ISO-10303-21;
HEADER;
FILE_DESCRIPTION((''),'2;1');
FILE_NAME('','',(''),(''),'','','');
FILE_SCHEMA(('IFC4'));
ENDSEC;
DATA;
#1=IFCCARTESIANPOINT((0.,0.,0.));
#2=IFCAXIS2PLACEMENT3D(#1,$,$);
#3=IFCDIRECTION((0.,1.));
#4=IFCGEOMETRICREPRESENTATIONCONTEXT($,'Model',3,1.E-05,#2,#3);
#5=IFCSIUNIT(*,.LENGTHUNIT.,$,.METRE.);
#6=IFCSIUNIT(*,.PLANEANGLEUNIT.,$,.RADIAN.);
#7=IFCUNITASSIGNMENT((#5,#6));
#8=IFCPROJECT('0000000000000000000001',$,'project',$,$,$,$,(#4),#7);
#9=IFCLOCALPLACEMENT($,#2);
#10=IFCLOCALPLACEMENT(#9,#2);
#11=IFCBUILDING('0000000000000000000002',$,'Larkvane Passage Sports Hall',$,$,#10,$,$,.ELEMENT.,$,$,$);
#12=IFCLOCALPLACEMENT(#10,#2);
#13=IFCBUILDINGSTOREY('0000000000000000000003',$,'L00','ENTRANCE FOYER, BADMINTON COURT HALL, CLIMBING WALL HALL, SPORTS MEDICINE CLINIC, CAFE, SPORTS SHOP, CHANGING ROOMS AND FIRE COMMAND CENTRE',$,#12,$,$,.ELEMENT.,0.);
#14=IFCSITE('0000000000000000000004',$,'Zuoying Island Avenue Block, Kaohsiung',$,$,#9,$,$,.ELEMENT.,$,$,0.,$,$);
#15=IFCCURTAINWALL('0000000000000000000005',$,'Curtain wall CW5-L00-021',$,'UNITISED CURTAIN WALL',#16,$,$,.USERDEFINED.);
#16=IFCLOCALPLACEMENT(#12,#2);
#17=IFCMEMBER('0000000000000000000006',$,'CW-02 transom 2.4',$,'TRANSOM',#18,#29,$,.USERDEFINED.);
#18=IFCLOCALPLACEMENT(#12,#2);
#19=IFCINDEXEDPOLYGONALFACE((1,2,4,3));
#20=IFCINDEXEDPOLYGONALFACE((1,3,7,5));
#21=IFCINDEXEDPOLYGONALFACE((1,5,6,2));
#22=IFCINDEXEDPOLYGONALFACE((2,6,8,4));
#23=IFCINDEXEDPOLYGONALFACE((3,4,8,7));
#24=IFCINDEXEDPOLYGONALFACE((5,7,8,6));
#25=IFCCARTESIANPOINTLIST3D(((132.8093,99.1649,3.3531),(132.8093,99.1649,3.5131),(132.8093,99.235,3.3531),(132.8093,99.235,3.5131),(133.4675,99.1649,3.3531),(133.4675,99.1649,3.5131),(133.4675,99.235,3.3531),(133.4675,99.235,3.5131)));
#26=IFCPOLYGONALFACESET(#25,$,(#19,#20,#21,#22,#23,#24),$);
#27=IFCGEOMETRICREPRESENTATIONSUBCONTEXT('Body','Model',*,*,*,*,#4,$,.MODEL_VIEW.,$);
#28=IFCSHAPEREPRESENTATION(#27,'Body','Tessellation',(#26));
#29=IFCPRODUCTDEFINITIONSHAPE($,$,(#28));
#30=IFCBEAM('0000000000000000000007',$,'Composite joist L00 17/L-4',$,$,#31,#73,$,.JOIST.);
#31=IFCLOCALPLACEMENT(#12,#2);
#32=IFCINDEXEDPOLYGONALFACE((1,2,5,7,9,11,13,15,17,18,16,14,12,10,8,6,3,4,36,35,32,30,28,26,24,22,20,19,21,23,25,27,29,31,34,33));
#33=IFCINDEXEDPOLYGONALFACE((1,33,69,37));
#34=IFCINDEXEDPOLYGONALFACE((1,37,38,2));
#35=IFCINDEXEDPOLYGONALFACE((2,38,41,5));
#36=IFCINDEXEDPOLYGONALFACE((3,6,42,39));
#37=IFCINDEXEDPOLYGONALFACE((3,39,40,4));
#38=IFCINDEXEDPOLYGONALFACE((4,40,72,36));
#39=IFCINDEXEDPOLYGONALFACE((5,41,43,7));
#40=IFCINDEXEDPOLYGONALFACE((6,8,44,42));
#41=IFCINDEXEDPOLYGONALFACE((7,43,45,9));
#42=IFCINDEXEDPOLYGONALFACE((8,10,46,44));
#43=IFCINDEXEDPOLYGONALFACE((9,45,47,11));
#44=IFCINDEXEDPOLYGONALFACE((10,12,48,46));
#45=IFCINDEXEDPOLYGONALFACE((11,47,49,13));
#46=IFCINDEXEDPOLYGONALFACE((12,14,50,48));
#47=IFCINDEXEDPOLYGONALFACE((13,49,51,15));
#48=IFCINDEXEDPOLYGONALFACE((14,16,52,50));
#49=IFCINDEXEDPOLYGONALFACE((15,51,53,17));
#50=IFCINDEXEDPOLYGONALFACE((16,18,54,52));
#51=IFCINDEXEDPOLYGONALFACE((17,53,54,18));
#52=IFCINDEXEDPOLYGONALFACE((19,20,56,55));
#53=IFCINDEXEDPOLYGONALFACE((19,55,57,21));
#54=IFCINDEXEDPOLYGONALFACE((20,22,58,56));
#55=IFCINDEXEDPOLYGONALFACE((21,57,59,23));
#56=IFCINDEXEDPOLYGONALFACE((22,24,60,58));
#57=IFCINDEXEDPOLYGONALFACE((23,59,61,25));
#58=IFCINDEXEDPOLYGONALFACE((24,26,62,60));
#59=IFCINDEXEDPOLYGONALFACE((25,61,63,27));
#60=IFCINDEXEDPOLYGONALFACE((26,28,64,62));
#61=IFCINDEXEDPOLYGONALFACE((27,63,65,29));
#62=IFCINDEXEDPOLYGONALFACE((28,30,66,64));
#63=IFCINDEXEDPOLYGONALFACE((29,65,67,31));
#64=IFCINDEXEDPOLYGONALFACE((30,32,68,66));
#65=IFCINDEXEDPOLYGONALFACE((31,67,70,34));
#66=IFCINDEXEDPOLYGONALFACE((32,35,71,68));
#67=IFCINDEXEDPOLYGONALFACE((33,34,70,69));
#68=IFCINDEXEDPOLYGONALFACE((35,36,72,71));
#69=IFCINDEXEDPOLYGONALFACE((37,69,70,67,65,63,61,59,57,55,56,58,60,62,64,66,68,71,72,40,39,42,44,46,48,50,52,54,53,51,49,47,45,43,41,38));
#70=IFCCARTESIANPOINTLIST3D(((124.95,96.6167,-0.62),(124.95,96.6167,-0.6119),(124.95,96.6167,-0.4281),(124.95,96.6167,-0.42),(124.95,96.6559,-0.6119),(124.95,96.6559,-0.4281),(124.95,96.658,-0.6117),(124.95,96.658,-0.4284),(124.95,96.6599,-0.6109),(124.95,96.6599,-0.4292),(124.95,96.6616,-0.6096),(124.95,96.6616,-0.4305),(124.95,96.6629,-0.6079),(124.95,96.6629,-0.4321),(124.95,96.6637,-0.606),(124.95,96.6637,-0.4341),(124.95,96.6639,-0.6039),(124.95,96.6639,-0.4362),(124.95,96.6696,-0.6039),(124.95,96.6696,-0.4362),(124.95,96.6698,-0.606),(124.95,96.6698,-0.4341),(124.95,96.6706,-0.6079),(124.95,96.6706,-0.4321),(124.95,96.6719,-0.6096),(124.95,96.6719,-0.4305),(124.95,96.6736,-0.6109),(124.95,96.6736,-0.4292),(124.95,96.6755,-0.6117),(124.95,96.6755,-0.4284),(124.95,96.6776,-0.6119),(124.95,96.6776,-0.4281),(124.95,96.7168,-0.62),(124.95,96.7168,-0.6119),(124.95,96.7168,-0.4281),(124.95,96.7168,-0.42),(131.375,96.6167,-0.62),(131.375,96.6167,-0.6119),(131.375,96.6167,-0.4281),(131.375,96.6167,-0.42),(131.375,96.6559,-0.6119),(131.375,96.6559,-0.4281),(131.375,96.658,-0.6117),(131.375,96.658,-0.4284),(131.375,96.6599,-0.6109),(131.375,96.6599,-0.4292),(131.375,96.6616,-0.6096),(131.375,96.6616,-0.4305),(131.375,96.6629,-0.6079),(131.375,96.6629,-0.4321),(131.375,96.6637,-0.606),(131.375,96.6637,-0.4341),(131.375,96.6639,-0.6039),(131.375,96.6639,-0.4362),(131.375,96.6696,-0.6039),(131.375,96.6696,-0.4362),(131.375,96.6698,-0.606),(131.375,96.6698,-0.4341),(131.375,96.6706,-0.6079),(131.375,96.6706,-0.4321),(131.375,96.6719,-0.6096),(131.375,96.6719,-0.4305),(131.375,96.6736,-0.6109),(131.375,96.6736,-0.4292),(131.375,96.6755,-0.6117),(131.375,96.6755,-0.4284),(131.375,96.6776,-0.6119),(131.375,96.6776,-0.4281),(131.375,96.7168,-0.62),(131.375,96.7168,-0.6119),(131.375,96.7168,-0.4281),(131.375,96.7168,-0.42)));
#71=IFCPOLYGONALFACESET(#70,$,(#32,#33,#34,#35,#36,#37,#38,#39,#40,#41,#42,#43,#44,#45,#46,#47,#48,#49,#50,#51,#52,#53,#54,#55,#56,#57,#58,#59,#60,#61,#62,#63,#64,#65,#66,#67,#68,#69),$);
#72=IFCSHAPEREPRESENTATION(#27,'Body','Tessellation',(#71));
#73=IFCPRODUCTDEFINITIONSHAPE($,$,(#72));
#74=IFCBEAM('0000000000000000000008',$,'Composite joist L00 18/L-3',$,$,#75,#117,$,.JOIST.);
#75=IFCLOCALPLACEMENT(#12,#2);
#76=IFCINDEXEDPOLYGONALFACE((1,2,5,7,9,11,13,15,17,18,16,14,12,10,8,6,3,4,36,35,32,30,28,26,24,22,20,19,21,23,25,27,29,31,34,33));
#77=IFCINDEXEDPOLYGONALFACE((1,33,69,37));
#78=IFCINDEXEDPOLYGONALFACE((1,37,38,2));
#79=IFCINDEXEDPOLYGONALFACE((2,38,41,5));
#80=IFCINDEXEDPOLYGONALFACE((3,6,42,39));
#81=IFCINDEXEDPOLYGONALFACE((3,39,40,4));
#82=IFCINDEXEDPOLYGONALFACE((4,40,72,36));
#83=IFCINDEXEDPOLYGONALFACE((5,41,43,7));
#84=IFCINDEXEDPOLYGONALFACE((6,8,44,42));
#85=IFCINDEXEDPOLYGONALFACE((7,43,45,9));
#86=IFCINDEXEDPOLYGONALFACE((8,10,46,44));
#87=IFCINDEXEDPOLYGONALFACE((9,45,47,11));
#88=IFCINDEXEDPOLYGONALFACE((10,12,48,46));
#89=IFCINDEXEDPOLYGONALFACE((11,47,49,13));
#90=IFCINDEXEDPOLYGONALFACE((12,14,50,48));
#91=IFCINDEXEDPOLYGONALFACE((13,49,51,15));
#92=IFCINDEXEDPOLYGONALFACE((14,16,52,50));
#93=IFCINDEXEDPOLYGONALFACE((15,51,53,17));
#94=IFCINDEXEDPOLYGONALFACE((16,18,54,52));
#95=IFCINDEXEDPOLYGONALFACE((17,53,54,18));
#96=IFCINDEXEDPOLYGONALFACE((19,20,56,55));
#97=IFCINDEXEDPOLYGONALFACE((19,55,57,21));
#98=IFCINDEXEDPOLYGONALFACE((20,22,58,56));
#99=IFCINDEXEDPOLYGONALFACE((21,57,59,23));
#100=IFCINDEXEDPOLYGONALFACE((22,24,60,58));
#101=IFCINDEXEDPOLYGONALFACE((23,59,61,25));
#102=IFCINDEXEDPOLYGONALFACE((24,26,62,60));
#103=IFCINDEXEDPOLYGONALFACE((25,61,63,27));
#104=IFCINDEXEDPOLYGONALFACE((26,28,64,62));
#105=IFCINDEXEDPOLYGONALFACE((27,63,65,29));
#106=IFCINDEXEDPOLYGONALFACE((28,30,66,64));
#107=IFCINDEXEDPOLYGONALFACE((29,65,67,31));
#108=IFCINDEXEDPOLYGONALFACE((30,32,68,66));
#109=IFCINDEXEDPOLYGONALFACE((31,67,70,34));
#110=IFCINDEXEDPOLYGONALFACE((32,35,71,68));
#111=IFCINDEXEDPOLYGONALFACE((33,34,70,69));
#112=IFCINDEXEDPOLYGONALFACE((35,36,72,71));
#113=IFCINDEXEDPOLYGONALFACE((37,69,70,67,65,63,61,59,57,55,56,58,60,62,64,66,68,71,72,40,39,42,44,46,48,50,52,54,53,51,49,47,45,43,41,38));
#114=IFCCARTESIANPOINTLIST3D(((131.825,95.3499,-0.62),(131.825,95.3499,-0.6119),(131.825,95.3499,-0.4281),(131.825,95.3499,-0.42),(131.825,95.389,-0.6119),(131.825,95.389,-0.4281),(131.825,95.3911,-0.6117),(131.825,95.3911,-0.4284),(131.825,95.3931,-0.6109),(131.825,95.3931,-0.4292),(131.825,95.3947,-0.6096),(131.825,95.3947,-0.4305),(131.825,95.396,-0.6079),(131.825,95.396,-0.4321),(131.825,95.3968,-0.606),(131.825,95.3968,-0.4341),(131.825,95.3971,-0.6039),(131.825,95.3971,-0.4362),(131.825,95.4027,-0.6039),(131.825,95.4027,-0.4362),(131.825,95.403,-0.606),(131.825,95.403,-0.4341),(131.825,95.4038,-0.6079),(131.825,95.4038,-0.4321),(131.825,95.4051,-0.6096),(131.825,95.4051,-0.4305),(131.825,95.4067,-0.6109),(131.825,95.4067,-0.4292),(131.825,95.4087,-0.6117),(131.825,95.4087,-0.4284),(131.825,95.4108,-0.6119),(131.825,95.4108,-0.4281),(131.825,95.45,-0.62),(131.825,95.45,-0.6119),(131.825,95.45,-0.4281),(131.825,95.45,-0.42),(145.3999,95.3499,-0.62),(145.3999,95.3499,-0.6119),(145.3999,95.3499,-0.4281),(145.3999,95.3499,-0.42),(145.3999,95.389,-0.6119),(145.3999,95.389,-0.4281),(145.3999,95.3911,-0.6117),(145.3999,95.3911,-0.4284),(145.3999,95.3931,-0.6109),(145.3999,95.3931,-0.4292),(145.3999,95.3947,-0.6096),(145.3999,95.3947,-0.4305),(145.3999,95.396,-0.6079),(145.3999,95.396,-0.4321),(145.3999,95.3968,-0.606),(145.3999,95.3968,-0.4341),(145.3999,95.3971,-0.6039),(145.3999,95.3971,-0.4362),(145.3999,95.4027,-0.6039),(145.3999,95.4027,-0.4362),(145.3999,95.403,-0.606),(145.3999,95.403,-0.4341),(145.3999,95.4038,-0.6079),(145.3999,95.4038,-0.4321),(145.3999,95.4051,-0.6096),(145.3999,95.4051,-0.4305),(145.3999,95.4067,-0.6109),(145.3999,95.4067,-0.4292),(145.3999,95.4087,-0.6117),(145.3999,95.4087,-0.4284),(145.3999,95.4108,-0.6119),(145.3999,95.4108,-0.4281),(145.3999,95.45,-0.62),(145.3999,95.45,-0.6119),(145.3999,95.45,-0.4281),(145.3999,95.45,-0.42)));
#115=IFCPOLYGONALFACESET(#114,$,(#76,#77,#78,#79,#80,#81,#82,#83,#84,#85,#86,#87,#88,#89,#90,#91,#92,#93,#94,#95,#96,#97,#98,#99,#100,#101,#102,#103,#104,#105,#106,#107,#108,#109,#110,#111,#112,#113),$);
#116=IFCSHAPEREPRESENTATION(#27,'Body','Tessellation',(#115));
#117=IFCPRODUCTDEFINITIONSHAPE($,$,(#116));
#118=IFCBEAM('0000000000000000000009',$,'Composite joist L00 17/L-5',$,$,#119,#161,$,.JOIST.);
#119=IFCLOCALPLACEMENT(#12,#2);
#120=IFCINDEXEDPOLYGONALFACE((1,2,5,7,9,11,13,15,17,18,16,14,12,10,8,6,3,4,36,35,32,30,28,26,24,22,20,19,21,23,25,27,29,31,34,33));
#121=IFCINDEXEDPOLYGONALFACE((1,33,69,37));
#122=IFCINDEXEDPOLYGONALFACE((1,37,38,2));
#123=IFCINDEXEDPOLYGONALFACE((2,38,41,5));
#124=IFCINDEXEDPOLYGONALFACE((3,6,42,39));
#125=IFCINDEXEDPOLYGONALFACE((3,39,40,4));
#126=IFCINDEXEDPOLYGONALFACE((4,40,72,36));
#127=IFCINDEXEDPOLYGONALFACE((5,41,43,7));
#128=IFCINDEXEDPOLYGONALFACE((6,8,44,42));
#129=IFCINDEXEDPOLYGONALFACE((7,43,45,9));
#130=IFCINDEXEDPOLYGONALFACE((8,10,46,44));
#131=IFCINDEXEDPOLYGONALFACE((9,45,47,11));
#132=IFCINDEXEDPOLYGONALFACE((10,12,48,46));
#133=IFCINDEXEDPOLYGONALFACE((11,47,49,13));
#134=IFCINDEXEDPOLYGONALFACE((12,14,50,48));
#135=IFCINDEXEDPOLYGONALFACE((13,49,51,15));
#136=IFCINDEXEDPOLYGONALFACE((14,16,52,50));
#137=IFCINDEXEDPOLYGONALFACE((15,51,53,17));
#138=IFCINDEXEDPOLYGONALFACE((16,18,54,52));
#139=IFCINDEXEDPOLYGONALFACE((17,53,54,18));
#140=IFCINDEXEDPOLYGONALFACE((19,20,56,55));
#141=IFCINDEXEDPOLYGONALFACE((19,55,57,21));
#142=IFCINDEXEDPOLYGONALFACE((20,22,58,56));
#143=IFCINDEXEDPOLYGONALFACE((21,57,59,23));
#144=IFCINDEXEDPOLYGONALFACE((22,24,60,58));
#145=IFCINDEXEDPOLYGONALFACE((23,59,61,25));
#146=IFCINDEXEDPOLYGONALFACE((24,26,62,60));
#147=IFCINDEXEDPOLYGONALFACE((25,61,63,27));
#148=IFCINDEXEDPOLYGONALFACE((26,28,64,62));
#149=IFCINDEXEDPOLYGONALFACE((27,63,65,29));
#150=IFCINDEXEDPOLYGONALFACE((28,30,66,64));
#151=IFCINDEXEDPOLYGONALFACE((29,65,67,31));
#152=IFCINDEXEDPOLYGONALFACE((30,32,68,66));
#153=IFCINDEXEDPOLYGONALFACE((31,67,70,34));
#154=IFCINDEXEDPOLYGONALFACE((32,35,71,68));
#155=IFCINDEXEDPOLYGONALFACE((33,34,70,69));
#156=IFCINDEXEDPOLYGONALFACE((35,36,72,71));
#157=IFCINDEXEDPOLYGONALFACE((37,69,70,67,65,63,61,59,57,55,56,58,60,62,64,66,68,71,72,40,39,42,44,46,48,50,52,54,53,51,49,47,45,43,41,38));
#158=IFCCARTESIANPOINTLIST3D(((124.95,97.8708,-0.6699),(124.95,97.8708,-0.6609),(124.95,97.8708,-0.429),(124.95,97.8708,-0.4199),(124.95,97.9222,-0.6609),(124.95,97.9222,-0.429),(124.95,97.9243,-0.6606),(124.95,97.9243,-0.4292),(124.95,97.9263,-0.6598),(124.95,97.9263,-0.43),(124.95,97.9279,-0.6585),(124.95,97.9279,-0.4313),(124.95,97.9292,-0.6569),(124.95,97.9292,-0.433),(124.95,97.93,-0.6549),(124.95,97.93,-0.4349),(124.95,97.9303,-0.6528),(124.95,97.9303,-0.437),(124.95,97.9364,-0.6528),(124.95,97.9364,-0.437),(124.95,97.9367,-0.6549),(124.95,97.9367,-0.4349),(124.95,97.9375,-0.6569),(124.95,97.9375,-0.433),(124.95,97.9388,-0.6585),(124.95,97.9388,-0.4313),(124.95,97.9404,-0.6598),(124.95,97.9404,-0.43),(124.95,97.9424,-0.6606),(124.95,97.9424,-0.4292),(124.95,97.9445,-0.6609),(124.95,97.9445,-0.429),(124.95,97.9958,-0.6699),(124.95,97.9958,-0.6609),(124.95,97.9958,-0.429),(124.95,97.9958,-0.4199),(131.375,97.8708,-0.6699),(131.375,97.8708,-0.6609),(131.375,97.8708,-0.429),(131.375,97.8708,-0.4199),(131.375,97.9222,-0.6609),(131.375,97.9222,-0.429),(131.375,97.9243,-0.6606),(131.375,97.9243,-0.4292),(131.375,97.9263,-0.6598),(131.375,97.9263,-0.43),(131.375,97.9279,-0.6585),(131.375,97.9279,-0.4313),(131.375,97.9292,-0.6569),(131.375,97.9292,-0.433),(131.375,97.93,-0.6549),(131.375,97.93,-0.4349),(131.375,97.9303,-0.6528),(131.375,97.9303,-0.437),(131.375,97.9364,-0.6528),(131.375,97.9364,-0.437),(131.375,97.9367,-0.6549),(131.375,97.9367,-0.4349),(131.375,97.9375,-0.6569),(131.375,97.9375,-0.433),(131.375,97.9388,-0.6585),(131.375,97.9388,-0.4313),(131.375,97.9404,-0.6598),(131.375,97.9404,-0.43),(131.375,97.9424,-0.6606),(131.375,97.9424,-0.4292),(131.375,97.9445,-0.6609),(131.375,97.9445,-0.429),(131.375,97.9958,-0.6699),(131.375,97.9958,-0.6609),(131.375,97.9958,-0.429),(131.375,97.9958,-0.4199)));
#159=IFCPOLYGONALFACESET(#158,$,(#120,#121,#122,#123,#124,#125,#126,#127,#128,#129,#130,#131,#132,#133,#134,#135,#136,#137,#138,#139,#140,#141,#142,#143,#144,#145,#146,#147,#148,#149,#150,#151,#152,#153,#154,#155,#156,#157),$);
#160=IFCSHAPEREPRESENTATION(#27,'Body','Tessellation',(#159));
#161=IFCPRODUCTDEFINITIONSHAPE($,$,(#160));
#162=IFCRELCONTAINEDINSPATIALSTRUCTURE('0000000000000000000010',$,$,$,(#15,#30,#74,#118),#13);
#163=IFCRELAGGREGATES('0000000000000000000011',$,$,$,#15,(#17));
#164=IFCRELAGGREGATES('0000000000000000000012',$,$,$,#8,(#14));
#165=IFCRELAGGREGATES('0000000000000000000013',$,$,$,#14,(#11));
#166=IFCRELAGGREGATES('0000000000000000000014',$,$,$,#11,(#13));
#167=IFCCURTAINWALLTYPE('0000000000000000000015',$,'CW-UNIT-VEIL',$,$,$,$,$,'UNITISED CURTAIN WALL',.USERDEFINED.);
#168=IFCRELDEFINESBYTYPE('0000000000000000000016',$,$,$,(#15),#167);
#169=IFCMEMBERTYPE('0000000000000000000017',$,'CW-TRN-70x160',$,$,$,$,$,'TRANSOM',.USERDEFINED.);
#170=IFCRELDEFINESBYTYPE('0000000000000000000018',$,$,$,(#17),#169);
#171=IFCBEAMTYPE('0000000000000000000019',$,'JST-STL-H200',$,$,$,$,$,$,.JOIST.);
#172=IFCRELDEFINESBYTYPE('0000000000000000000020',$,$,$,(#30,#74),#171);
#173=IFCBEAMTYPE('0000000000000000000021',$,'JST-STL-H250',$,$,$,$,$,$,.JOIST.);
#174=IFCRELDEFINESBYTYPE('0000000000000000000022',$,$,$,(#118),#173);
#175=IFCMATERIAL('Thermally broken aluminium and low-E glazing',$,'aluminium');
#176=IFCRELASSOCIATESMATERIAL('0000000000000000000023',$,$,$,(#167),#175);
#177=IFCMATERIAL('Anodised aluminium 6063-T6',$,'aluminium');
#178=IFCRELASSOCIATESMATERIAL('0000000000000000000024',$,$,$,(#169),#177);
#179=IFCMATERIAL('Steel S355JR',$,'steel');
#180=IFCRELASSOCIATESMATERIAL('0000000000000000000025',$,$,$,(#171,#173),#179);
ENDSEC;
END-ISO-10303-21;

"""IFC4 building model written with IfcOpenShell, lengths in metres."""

from ifc_helpers import new_model, si_unit, direction, frame, origin, origin_2d, place, context, subcontext, project, spatial, rectangle, i_section, extrude, material, material_profile, profile_set, type_object, element, aggregate, save


model = new_model("IFC4")

# Units and contexts
model_context = context("Model", 3, precision=1e-05, world=origin(), true_north=direction((0.0, 1.0)))
body_context = subcontext(model_context, "Body", "Model", "MODEL_VIEW")
ifc_project = project(units=[si_unit("LENGTHUNIT", "METRE"), si_unit("PLANEANGLEUNIT", "RADIAN")], contexts=[model_context])

# Site, building, storey
site_placement = place(None, origin())
site = spatial("IfcSite", under=ifc_project, at=site_placement, Name="Zuoying Island Avenue Block, Kaohsiung", CompositionType="ELEMENT", RefElevation=0.0)
building_placement = place(site_placement, origin())
building = spatial("IfcBuilding", under=site, at=building_placement, Name="Larkvane Passage Sports Hall", CompositionType="ELEMENT")
storey_placement = place(building_placement, origin())
storey = spatial("IfcBuildingStorey", under=building, at=storey_placement, Name="L00", Description="ENTRANCE FOYER, BADMINTON COURT HALL, CLIMBING WALL HALL, SPORTS MEDICINE CLINIC, CAFE, SPORTS SHOP, CHANGING ROOMS AND FIRE COMMAND CENTRE", CompositionType="ELEMENT", Elevation=0.0)

# Curtain wall, member
ifc_material_1 = material(Name="Thermally broken aluminium and low-E glazing", Category="aluminium")
curtain_wall_type = type_object("IfcCurtainWallType", Name="CW-UNIT-VEIL", ElementType="UNITISED CURTAIN WALL", PredefinedType="USERDEFINED", material=ifc_material_1)
curtain_wall_placement = place(storey_placement, origin())
curtain_wall = element("IfcCurtainWall", 1, at=curtain_wall_placement, inside=storey, type_object=curtain_wall_type, Name="Curtain wall CW5-L00-021", ObjectType="UNITISED CURTAIN WALL", PredefinedType="USERDEFINED")
ifc_material_2 = material(Name="Anodised aluminium 6063-T6", Category="aluminium")
ifc_material_profile_1 = material_profile(ifc_material_2, rectangle(XDim=0.0701, YDim=0.1599, at=origin_2d()), Name="ALU-TRN-70x160")
ifc_profile_set_1 = profile_set([ifc_material_profile_1], Name="Anodised aluminium 6063-T6")
member_type_1 = type_object("IfcMemberType", Name="CW-TRN-70x160", ElementType="TRANSOM", PredefinedType="USERDEFINED", material=ifc_profile_set_1)
member_1_placement = place(storey_placement, frame((132.8093, 99.2, 3.4331), z_axis=(1.0, 0.0, 0.0), x_axis=(0.0, 1.0, 0.0)))
member_1 = element("IfcMember", 2, at=member_1_placement, type_object=member_type_1, Name="CW-02 transom 2.4", ObjectType="TRANSOM", PredefinedType="USERDEFINED", context=body_context, shape_type="SweptSolid", body=[
    extrude(rectangle(XDim=0.0701, YDim=0.1599, at=origin_2d()), origin(), (0.0, 0.0, 1.0), 0.6582),
])

# Beams
ifc_material_3 = material(Name="Steel S355JR", Category="steel")
ifc_material_profile_2 = material_profile(ifc_material_3, i_section(OverallWidth=0.1001, OverallDepth=0.2, WebThickness=0.0056, FlangeThickness=0.0081, FilletRadius=0.0081, at=origin_2d()), Name="H-200x100x5.5x8")
ifc_profile_set_2 = profile_set([ifc_material_profile_2], Name="Steel S355JR")
beam_type_1 = type_object("IfcBeamType", Name="JST-STL-H200", PredefinedType="JOIST", material=ifc_profile_set_2)
beam_1_placement = place(storey_placement, frame((124.95, 96.6667, -0.52), z_axis=(1.0, 0.0, 0.0), x_axis=(0.0, 1.0, 0.0)))
element("IfcBeam", 3, at=beam_1_placement, inside=storey, type_object=beam_type_1, Name="Composite joist L00 17/L-4", PredefinedType="JOIST", context=body_context, shape_type="SweptSolid", body=[
    extrude(i_section(OverallWidth=0.1001, OverallDepth=0.2, WebThickness=0.0056, FlangeThickness=0.0081, FilletRadius=0.0081, at=origin_2d()), origin(), (0.0, 0.0, 1.0), 6.425),
])
beam_2_placement = place(storey_placement, frame((131.825, 95.3999, -0.52), z_axis=(1.0, 0.0, 0.0), x_axis=(0.0, 1.0, 0.0)))
element("IfcBeam", 4, at=beam_2_placement, inside=storey, type_object=beam_type_1, Name="Composite joist L00 18/L-3", PredefinedType="JOIST", context=body_context, shape_type="SweptSolid", body=[
    extrude(i_section(OverallWidth=0.1001, OverallDepth=0.2, WebThickness=0.0056, FlangeThickness=0.0081, FilletRadius=0.0081, at=origin_2d()), origin(), (0.0, 0.0, 1.0), 13.575),
])
ifc_material_profile_3 = material_profile(ifc_material_3, i_section(OverallWidth=0.125, OverallDepth=0.25, WebThickness=0.0061, FlangeThickness=0.009, FilletRadius=0.0081, at=origin_2d()), Name="H-250x125x6x9")
ifc_profile_set_3 = profile_set([ifc_material_profile_3], Name="Steel S355JR")
beam_type_2 = type_object("IfcBeamType", Name="JST-STL-H250", PredefinedType="JOIST", material=ifc_profile_set_3)
beam_3_placement = place(storey_placement, frame((124.95, 97.9333, -0.5449), z_axis=(1.0, 0.0, 0.0), x_axis=(0.0, 1.0, 0.0)))
element("IfcBeam", 5, at=beam_3_placement, inside=storey, type_object=beam_type_2, Name="Composite joist L00 17/L-5", PredefinedType="JOIST", context=body_context, shape_type="SweptSolid", body=[
    extrude(i_section(OverallWidth=0.125, OverallDepth=0.25, WebThickness=0.0061, FlangeThickness=0.009, FilletRadius=0.0081, at=origin_2d()), origin(), (0.0, 0.0, 1.0), 6.425),
])

aggregate(curtain_wall, [member_1])

save(model, "model.ifc")
